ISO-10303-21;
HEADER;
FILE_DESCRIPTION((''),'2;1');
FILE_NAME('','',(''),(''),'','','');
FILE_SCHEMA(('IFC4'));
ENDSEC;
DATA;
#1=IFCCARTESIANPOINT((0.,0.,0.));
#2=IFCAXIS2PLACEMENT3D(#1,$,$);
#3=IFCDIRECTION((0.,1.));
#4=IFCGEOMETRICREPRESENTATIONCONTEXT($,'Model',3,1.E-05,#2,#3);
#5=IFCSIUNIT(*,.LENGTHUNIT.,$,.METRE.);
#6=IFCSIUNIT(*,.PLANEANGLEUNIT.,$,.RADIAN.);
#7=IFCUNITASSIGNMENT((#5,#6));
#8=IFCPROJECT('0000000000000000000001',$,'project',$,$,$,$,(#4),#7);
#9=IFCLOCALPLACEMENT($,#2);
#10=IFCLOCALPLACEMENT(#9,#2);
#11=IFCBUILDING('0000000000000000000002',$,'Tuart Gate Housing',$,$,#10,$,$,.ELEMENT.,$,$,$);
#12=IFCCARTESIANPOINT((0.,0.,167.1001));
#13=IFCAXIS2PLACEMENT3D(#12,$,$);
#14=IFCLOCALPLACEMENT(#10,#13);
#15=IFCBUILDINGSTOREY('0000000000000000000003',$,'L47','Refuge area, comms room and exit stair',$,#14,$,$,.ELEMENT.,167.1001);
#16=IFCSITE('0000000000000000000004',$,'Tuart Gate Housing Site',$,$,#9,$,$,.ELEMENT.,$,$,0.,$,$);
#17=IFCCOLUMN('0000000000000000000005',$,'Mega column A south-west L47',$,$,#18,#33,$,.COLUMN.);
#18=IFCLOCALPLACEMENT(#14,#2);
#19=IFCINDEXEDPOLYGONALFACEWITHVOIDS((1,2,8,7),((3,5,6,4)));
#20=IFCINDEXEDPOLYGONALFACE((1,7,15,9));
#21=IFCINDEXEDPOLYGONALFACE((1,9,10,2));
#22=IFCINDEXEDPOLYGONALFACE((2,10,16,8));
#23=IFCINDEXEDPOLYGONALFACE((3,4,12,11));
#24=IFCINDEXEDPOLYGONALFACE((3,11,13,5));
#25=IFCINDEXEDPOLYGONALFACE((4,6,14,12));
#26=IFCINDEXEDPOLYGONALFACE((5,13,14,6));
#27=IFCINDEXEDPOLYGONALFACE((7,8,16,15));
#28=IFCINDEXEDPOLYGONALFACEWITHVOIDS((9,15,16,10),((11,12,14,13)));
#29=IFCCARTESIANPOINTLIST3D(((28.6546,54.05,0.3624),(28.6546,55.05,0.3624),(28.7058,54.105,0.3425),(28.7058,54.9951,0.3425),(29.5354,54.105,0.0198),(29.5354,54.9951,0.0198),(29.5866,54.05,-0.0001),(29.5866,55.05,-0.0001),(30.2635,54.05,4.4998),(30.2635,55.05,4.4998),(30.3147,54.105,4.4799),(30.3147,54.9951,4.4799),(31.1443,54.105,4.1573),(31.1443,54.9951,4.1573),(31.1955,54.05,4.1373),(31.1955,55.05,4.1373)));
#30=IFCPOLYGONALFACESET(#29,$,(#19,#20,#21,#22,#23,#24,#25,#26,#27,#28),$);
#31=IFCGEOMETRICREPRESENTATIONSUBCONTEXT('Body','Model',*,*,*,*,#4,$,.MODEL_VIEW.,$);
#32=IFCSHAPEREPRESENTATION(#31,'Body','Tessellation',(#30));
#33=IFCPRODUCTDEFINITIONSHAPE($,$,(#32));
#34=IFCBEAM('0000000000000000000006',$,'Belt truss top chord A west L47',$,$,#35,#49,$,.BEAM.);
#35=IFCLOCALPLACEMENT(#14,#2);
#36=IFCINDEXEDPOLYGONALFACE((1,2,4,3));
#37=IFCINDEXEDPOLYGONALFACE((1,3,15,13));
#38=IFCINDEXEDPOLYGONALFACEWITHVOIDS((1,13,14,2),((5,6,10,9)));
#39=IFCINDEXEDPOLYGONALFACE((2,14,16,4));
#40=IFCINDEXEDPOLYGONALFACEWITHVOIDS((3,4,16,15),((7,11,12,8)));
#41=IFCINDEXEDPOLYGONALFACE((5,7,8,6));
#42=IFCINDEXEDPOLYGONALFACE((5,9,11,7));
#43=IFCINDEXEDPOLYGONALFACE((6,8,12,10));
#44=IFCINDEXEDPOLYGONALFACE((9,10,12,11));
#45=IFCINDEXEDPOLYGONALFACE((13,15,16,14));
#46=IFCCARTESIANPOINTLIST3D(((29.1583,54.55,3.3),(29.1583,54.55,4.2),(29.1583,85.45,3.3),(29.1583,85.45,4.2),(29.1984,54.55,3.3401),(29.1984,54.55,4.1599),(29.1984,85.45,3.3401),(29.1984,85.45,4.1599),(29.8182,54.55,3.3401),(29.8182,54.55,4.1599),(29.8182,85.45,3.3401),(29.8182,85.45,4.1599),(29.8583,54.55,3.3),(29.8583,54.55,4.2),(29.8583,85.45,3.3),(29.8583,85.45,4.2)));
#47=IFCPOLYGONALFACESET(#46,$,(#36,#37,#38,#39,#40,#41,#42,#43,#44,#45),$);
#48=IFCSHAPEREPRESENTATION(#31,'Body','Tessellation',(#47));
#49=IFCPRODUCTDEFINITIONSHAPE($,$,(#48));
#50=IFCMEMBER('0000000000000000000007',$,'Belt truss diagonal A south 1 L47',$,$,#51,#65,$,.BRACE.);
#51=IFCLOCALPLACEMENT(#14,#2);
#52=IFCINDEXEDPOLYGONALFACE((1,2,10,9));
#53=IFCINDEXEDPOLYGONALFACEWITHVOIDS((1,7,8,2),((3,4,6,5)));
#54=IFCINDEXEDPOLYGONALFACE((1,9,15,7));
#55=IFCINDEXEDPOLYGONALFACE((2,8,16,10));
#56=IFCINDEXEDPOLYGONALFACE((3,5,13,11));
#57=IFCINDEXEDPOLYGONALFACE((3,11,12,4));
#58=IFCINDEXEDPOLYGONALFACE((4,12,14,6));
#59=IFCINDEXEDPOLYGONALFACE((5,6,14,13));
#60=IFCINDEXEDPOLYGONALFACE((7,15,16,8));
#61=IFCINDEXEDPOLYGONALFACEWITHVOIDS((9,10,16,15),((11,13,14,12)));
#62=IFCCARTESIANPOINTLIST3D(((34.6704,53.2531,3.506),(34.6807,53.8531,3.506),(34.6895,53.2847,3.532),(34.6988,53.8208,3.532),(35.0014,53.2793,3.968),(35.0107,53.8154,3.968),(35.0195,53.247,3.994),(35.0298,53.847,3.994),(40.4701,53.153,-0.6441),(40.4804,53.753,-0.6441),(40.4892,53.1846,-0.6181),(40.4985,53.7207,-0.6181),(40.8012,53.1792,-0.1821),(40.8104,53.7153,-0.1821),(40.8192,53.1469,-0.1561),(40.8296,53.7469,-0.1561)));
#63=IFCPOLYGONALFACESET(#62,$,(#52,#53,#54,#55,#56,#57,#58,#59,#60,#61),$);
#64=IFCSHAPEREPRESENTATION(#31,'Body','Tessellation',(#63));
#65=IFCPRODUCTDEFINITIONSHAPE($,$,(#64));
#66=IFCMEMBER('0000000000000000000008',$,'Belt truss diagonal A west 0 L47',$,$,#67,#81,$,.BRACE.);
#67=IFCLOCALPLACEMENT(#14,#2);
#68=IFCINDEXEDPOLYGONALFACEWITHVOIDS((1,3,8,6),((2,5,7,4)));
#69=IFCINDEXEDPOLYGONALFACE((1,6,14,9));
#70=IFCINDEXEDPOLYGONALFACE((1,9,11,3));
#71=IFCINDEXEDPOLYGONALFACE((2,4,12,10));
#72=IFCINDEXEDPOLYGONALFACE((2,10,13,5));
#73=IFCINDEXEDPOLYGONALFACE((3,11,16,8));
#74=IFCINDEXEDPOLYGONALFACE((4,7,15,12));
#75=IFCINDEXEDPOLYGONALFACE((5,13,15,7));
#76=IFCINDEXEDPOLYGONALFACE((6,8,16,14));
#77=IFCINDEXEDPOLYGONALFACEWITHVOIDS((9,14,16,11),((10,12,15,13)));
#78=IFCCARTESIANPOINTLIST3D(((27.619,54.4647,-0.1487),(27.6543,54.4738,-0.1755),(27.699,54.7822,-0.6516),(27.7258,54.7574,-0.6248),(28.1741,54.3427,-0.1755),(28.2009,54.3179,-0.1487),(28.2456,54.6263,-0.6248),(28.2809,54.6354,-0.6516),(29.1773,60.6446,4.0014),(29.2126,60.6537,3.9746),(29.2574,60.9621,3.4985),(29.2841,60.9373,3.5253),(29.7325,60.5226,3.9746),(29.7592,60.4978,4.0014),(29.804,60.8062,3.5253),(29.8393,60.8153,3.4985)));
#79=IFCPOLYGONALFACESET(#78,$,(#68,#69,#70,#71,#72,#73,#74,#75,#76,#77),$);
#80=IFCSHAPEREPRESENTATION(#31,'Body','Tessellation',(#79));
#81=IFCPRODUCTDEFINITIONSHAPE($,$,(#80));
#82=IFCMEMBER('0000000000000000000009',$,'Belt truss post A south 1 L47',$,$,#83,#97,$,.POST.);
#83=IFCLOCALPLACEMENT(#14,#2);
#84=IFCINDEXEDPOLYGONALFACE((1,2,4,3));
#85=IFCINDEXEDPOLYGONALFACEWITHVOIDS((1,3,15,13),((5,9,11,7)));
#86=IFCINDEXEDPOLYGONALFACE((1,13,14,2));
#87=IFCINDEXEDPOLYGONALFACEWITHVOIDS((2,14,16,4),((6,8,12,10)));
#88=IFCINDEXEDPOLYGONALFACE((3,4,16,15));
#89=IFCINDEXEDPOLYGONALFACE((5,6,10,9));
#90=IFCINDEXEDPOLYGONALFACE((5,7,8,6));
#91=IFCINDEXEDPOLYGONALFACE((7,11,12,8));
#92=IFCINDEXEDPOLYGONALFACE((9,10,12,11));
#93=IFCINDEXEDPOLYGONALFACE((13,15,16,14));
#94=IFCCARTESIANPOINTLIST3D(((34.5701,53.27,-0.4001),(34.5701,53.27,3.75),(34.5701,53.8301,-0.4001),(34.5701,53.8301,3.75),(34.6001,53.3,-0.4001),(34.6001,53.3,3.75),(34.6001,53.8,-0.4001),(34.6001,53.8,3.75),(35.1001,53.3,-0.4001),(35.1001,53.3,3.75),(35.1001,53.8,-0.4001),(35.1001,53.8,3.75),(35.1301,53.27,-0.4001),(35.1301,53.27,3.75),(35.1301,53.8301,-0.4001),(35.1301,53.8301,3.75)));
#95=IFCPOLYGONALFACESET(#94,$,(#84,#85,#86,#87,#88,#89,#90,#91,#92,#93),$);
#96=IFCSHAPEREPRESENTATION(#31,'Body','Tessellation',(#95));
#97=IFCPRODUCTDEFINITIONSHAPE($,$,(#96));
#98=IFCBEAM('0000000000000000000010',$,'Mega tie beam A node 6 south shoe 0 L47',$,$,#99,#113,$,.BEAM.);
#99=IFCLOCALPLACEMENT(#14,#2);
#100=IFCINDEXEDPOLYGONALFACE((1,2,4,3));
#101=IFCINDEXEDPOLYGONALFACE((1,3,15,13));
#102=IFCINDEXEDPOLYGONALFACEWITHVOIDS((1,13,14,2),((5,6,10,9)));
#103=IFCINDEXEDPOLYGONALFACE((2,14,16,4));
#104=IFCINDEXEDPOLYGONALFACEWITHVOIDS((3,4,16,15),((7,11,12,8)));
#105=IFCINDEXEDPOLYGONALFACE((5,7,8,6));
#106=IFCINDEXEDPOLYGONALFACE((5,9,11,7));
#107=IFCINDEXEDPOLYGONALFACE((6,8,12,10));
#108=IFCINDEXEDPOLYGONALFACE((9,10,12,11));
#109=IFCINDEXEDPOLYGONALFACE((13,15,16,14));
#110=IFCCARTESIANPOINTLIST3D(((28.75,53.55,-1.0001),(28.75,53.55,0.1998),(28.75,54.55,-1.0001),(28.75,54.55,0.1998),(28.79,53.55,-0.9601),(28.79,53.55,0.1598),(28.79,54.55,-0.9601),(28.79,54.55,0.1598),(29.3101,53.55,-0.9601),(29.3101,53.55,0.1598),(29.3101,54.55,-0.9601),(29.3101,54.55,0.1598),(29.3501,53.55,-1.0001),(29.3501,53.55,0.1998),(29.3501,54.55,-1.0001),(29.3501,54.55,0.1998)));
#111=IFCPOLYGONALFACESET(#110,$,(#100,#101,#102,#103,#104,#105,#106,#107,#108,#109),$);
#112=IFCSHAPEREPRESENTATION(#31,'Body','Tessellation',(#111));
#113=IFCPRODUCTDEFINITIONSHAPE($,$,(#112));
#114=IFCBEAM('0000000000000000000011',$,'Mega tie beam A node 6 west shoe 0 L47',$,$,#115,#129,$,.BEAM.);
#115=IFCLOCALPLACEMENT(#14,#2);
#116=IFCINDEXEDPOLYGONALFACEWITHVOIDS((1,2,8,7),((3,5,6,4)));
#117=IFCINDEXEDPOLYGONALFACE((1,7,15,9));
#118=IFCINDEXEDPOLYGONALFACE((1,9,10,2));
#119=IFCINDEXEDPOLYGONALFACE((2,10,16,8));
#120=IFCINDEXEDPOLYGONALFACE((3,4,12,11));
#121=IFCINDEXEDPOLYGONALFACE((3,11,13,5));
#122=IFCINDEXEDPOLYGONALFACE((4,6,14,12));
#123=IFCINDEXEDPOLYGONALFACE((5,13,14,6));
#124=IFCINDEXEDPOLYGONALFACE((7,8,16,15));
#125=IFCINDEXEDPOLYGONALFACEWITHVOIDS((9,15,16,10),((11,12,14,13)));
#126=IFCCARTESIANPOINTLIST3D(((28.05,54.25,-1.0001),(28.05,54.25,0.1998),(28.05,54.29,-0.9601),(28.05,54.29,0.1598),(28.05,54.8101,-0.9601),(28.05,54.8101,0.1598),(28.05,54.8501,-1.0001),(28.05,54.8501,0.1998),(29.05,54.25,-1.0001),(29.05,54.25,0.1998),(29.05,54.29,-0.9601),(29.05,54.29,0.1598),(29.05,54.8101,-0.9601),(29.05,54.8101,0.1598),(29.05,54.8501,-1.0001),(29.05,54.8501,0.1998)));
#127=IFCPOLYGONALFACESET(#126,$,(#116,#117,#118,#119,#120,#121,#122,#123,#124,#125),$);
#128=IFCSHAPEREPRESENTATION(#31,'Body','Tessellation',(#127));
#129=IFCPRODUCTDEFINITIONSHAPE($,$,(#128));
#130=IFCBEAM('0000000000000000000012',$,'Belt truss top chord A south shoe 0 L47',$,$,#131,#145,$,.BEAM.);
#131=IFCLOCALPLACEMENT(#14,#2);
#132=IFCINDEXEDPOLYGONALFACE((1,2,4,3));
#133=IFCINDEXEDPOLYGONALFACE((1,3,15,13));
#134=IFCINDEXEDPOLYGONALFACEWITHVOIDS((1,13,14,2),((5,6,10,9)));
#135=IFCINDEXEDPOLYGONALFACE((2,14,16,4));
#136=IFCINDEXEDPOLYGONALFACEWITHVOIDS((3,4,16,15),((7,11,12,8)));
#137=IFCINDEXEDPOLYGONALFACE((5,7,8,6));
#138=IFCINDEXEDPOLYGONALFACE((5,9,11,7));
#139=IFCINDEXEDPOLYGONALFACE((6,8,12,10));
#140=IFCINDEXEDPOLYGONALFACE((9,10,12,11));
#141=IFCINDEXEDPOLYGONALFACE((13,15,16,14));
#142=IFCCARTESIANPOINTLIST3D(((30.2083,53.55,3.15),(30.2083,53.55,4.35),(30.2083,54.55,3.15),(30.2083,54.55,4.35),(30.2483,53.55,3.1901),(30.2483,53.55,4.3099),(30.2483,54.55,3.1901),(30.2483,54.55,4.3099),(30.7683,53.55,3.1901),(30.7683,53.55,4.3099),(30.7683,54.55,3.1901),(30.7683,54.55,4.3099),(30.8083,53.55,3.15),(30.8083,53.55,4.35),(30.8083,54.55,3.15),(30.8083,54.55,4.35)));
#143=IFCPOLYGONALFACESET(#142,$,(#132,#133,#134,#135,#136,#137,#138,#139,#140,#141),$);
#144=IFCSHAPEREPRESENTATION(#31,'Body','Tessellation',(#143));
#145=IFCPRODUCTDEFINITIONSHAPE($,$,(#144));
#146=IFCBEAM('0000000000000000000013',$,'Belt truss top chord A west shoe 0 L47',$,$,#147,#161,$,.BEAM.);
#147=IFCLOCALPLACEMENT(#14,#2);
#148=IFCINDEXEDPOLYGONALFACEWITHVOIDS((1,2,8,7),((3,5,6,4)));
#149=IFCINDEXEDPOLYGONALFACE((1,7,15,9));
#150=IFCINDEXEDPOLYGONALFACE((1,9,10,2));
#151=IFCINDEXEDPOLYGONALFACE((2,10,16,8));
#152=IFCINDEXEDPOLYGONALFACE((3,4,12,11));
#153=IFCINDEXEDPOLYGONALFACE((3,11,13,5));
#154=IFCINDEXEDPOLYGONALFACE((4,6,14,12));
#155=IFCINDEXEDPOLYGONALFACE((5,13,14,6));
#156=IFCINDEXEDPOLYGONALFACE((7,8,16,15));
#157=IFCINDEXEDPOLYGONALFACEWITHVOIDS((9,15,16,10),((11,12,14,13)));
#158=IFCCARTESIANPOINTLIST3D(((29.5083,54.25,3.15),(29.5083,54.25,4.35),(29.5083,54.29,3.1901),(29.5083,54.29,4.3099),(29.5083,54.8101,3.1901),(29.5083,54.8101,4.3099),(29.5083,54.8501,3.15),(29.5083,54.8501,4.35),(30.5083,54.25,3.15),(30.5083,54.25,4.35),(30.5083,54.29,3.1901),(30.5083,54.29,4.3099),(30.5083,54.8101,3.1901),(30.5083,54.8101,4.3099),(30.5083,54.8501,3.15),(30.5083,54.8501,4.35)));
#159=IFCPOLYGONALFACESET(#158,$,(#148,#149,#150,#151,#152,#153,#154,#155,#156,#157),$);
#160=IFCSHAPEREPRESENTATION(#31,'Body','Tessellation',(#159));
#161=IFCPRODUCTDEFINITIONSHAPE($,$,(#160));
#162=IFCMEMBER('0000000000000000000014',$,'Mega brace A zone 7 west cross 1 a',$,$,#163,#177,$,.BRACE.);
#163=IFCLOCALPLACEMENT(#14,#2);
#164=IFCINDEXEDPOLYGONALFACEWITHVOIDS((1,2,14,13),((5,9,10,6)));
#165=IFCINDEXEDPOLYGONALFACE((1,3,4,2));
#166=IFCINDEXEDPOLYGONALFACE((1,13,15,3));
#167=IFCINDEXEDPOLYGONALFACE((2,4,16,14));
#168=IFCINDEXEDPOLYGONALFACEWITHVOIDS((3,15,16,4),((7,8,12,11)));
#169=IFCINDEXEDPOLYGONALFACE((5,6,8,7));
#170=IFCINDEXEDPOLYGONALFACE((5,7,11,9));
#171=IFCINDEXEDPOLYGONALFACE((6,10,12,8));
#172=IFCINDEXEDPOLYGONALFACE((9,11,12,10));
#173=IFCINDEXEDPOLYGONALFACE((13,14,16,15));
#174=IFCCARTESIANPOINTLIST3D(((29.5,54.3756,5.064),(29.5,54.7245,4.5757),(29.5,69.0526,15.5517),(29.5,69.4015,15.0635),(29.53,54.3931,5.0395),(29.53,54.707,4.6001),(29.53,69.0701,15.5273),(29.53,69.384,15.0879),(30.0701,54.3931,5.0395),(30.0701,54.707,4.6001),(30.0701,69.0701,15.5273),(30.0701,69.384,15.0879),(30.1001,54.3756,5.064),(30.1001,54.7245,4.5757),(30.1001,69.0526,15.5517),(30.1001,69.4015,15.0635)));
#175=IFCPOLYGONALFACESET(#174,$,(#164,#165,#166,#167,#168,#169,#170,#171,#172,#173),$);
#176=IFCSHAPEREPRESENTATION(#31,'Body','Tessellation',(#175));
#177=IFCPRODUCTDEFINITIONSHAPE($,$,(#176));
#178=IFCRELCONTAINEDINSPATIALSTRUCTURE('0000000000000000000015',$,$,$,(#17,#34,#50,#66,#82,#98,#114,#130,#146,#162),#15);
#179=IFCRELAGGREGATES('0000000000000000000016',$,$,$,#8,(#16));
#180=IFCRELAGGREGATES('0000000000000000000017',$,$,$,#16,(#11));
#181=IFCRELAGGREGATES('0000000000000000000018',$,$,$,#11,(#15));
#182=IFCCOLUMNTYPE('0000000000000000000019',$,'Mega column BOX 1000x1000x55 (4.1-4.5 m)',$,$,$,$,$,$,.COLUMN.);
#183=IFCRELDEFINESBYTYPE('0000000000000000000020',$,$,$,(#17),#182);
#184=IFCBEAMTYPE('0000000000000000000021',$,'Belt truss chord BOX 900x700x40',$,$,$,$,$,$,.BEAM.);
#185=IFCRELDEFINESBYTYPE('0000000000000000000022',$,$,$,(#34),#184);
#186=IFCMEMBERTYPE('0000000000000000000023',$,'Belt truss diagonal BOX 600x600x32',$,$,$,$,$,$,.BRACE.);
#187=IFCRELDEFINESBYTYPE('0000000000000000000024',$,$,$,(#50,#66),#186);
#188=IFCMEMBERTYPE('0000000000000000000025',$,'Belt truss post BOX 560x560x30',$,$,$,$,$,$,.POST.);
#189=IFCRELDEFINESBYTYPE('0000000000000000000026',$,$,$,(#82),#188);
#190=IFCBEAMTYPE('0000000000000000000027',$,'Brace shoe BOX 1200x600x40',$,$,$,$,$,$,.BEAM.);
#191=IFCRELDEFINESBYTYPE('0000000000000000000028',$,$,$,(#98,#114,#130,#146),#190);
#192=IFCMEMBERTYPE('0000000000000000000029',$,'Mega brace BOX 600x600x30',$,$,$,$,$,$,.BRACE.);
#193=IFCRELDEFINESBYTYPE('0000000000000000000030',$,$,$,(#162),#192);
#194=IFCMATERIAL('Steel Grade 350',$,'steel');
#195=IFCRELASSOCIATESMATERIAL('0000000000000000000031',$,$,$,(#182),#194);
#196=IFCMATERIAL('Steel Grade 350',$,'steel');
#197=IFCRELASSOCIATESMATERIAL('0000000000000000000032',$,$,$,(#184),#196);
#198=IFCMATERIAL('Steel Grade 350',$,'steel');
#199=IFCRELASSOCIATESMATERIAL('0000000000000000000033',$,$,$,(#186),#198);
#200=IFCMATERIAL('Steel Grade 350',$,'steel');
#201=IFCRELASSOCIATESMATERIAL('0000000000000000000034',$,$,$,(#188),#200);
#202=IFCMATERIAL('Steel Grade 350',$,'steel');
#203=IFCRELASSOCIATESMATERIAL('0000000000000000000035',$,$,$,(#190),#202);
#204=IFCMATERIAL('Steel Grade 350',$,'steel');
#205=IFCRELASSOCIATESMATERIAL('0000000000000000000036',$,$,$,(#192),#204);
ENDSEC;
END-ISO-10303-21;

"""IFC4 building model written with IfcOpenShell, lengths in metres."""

from ifc_helpers import new_model, si_unit, direction, frame, origin, origin_2d, place, context, subcontext, project, spatial, hollow_rectangle, extrude, material, material_profile, profile_set, type_object, element, save


model = new_model("IFC4")

# Units and contexts
model_context = context("Model", 3, precision=1e-05, world=origin(), true_north=direction((0.0, 1.0)))
body_context = subcontext(model_context, "Body", "Model", "MODEL_VIEW")
ifc_project = project(units=[si_unit("LENGTHUNIT", "METRE"), si_unit("PLANEANGLEUNIT", "RADIAN")], contexts=[model_context])

# Site, building, storey
site_placement = place(None, origin())
site = spatial("IfcSite", under=ifc_project, at=site_placement, Name="Tuart Gate Housing Site", CompositionType="ELEMENT", RefElevation=0.0)
building_placement = place(site_placement, origin())
building = spatial("IfcBuilding", under=site, at=building_placement, Name="Tuart Gate Housing", CompositionType="ELEMENT")
storey_placement = place(building_placement, frame((0.0, 0.0, 167.1001)))
storey = spatial("IfcBuildingStorey", under=building, at=storey_placement, Name="L47", Description="Refuge area, comms room and exit stair", CompositionType="ELEMENT", Elevation=167.1001)

# Column
ifc_material_1 = material(Name="Steel Grade 350", Category="steel")
ifc_material_profile_1 = material_profile(ifc_material_1, hollow_rectangle(XDim=1.0, YDim=1.0, WallThickness=0.0549, at=origin_2d()), Name="BOX 1000x1000x55")
ifc_profile_set_1 = profile_set([ifc_material_profile_1], Name="Steel Grade 350")
column_type = type_object("IfcColumnType", Name="Mega column BOX 1000x1000x55 (4.1-4.5 m)", PredefinedType="COLUMN", material=ifc_profile_set_1)
column_placement = place(storey_placement, frame((29.1206, 54.55, 0.1812), z_axis=(0.362422, 0.0, 0.932014), x_axis=(0.0, 1.0, 0.0)))
element("IfcColumn", 1, at=column_placement, inside=storey, type_object=column_type, Name="Mega column A south-west L47", PredefinedType="COLUMN", context=body_context, shape_type="SweptSolid", body=[
    extrude(hollow_rectangle(XDim=1.0, YDim=1.0, WallThickness=0.0549, at=origin_2d()), origin(), (0.0, 0.0, 1.0), 4.4392),
])

# Beam
ifc_material_2 = material(Name="Steel Grade 350", Category="steel")
ifc_material_profile_2 = material_profile(ifc_material_2, hollow_rectangle(XDim=0.7, YDim=0.8999, WallThickness=0.04, at=origin_2d()), Name="BOX 900x700x40")
ifc_profile_set_2 = profile_set([ifc_material_profile_2], Name="Steel Grade 350")
beam_type_1 = type_object("IfcBeamType", Name="Belt truss chord BOX 900x700x40", PredefinedType="BEAM", material=ifc_profile_set_2)
beam_1_placement = place(storey_placement, frame((29.5083, 54.55, 3.75), z_axis=(0.0, 1.0, 0.0), x_axis=(-1.0, 0.0, 0.0)))
element("IfcBeam", 2, at=beam_1_placement, inside=storey, type_object=beam_type_1, Name="Belt truss top chord A west L47", PredefinedType="BEAM", context=body_context, shape_type="SweptSolid", body=[
    extrude(hollow_rectangle(XDim=0.7, YDim=0.8999, WallThickness=0.04, at=origin_2d()), origin(), (0.0, 0.0, 1.0), 30.8999),
])

# Members
ifc_material_3 = material(Name="Steel Grade 350", Category="steel")
ifc_material_profile_3 = material_profile(ifc_material_3, hollow_rectangle(XDim=0.6001, YDim=0.6001, WallThickness=0.032, at=origin_2d()), Name="BOX 600x600x32")
ifc_profile_set_3 = profile_set([ifc_material_profile_3], Name="Steel Grade 350")
member_type_1 = type_object("IfcMemberType", Name="Belt truss diagonal BOX 600x600x32", PredefinedType="BRACE", material=ifc_profile_set_3)
member_1_placement = place(storey_placement, frame((34.8501, 53.55, 3.75), z_axis=(0.81316, -0.014034, -0.58187), x_axis=(0.017256, 0.999851, 0.0)))
element("IfcMember", 3, at=member_1_placement, inside=storey, type_object=member_type_1, Name="Belt truss diagonal A south 1 L47", PredefinedType="BRACE", context=body_context, shape_type="SweptSolid", body=[
    extrude(hollow_rectangle(XDim=0.6001, YDim=0.6001, WallThickness=0.032, at=origin_2d()), origin(), (0.0, 0.0, 1.0), 7.1323),
])
member_2_placement = place(storey_placement, frame((27.95, 54.55, -0.4001), z_axis=(0.204898, 0.81256, 0.545677), x_axis=(-0.969647, 0.244509, 0.0)))
element("IfcMember", 4, at=member_2_placement, inside=storey, type_object=member_type_1, Name="Belt truss diagonal A west 0 L47", PredefinedType="BRACE", context=body_context, shape_type="SweptSolid", body=[
    extrude(hollow_rectangle(XDim=0.6001, YDim=0.6001, WallThickness=0.032, at=origin_2d()), origin(), (0.0, 0.0, 1.0), 7.6055),
])
ifc_material_4 = material(Name="Steel Grade 350", Category="steel")
ifc_material_profile_4 = material_profile(ifc_material_4, hollow_rectangle(XDim=0.5601, YDim=0.5601, WallThickness=0.03, at=origin_2d()), Name="BOX 560x560x30")
ifc_profile_set_4 = profile_set([ifc_material_profile_4], Name="Steel Grade 350")
member_type_2 = type_object("IfcMemberType", Name="Belt truss post BOX 560x560x30", PredefinedType="POST", material=ifc_profile_set_4)
member_3_placement = place(storey_placement, frame((34.8501, 53.55, -0.4001), z_axis=(0.0, 0.0, 1.0), x_axis=(1.0, 0.0, 0.0)))
element("IfcMember", 5, at=member_3_placement, inside=storey, type_object=member_type_2, Name="Belt truss post A south 1 L47", PredefinedType="POST", context=body_context, shape_type="SweptSolid", body=[
    extrude(hollow_rectangle(XDim=0.5601, YDim=0.5601, WallThickness=0.03, at=origin_2d()), origin(), (0.0, 0.0, 1.0), 4.1501),
])

# Beams
ifc_material_5 = material(Name="Steel Grade 350", Category="steel")
ifc_material_profile_5 = material_profile(ifc_material_5, hollow_rectangle(XDim=0.6001, YDim=1.2, WallThickness=0.04, at=origin_2d()), Name="BOX 1200x600x40")
ifc_profile_set_5 = profile_set([ifc_material_profile_5], Name="Steel Grade 350")
beam_type_2 = type_object("IfcBeamType", Name="Brace shoe BOX 1200x600x40", PredefinedType="BEAM", material=ifc_profile_set_5)
for number, where, z_axis, x_axis, name in (
    (6, (29.05, 54.55, -0.4001), (0.0, -1.0, 0.0), (1.0, 0.0, 0.0), "Mega tie beam A node 6 south shoe 0 L47"),
    (7, (29.05, 54.55, -0.4001), (-1.0, 0.0, 0.0), (0.0, -1.0, 0.0), "Mega tie beam A node 6 west shoe 0 L47"),
    (8, (30.5083, 54.55, 3.75), (0.0, -1.0, 0.0), (1.0, 0.0, 0.0), "Belt truss top chord A south shoe 0 L47"),
    (9, (30.5083, 54.55, 3.75), (-1.0, 0.0, 0.0), (0.0, -1.0, 0.0), "Belt truss top chord A west shoe 0 L47"),
):
    element("IfcBeam", number, at=place(storey_placement, frame(where, z_axis=z_axis, x_axis=x_axis)), inside=storey, type_object=beam_type_2, Name=name, PredefinedType="BEAM", context=body_context, shape_type="SweptSolid", body=[
        extrude(hollow_rectangle(XDim=0.6001, YDim=1.2, WallThickness=0.04, at=origin_2d()), origin(), (0.0, 0.0, 1.0), 1.0),
    ])

# Member
ifc_material_6 = material(Name="Steel Grade 350", Category="steel")
ifc_material_profile_6 = material_profile(ifc_material_6, hollow_rectangle(XDim=0.6001, YDim=0.6001, WallThickness=0.03, at=origin_2d()), Name="BOX 600x600x30")
ifc_profile_set_6 = profile_set([ifc_material_profile_6], Name="Steel Grade 350")
member_type_3 = type_object("IfcMemberType", Name="Mega brace BOX 600x600x30", PredefinedType="BRACE", material=ifc_profile_set_6)
member_4_placement = place(storey_placement, frame((29.8, 54.55, 4.8198), z_axis=(0.0, 0.813623, 0.581393), x_axis=(-1.0, 0.0, 0.0)))
element("IfcMember", 10, at=member_4_placement, inside=storey, type_object=member_type_3, Name="Mega brace A zone 7 west cross 1 a", PredefinedType="BRACE", context=body_context, shape_type="SweptSolid", body=[
    extrude(hollow_rectangle(XDim=0.6001, YDim=0.6001, WallThickness=0.03, at=origin_2d()), origin(), (0.0, 0.0, 1.0), 18.0391),
])

save(model, "model.ifc")
